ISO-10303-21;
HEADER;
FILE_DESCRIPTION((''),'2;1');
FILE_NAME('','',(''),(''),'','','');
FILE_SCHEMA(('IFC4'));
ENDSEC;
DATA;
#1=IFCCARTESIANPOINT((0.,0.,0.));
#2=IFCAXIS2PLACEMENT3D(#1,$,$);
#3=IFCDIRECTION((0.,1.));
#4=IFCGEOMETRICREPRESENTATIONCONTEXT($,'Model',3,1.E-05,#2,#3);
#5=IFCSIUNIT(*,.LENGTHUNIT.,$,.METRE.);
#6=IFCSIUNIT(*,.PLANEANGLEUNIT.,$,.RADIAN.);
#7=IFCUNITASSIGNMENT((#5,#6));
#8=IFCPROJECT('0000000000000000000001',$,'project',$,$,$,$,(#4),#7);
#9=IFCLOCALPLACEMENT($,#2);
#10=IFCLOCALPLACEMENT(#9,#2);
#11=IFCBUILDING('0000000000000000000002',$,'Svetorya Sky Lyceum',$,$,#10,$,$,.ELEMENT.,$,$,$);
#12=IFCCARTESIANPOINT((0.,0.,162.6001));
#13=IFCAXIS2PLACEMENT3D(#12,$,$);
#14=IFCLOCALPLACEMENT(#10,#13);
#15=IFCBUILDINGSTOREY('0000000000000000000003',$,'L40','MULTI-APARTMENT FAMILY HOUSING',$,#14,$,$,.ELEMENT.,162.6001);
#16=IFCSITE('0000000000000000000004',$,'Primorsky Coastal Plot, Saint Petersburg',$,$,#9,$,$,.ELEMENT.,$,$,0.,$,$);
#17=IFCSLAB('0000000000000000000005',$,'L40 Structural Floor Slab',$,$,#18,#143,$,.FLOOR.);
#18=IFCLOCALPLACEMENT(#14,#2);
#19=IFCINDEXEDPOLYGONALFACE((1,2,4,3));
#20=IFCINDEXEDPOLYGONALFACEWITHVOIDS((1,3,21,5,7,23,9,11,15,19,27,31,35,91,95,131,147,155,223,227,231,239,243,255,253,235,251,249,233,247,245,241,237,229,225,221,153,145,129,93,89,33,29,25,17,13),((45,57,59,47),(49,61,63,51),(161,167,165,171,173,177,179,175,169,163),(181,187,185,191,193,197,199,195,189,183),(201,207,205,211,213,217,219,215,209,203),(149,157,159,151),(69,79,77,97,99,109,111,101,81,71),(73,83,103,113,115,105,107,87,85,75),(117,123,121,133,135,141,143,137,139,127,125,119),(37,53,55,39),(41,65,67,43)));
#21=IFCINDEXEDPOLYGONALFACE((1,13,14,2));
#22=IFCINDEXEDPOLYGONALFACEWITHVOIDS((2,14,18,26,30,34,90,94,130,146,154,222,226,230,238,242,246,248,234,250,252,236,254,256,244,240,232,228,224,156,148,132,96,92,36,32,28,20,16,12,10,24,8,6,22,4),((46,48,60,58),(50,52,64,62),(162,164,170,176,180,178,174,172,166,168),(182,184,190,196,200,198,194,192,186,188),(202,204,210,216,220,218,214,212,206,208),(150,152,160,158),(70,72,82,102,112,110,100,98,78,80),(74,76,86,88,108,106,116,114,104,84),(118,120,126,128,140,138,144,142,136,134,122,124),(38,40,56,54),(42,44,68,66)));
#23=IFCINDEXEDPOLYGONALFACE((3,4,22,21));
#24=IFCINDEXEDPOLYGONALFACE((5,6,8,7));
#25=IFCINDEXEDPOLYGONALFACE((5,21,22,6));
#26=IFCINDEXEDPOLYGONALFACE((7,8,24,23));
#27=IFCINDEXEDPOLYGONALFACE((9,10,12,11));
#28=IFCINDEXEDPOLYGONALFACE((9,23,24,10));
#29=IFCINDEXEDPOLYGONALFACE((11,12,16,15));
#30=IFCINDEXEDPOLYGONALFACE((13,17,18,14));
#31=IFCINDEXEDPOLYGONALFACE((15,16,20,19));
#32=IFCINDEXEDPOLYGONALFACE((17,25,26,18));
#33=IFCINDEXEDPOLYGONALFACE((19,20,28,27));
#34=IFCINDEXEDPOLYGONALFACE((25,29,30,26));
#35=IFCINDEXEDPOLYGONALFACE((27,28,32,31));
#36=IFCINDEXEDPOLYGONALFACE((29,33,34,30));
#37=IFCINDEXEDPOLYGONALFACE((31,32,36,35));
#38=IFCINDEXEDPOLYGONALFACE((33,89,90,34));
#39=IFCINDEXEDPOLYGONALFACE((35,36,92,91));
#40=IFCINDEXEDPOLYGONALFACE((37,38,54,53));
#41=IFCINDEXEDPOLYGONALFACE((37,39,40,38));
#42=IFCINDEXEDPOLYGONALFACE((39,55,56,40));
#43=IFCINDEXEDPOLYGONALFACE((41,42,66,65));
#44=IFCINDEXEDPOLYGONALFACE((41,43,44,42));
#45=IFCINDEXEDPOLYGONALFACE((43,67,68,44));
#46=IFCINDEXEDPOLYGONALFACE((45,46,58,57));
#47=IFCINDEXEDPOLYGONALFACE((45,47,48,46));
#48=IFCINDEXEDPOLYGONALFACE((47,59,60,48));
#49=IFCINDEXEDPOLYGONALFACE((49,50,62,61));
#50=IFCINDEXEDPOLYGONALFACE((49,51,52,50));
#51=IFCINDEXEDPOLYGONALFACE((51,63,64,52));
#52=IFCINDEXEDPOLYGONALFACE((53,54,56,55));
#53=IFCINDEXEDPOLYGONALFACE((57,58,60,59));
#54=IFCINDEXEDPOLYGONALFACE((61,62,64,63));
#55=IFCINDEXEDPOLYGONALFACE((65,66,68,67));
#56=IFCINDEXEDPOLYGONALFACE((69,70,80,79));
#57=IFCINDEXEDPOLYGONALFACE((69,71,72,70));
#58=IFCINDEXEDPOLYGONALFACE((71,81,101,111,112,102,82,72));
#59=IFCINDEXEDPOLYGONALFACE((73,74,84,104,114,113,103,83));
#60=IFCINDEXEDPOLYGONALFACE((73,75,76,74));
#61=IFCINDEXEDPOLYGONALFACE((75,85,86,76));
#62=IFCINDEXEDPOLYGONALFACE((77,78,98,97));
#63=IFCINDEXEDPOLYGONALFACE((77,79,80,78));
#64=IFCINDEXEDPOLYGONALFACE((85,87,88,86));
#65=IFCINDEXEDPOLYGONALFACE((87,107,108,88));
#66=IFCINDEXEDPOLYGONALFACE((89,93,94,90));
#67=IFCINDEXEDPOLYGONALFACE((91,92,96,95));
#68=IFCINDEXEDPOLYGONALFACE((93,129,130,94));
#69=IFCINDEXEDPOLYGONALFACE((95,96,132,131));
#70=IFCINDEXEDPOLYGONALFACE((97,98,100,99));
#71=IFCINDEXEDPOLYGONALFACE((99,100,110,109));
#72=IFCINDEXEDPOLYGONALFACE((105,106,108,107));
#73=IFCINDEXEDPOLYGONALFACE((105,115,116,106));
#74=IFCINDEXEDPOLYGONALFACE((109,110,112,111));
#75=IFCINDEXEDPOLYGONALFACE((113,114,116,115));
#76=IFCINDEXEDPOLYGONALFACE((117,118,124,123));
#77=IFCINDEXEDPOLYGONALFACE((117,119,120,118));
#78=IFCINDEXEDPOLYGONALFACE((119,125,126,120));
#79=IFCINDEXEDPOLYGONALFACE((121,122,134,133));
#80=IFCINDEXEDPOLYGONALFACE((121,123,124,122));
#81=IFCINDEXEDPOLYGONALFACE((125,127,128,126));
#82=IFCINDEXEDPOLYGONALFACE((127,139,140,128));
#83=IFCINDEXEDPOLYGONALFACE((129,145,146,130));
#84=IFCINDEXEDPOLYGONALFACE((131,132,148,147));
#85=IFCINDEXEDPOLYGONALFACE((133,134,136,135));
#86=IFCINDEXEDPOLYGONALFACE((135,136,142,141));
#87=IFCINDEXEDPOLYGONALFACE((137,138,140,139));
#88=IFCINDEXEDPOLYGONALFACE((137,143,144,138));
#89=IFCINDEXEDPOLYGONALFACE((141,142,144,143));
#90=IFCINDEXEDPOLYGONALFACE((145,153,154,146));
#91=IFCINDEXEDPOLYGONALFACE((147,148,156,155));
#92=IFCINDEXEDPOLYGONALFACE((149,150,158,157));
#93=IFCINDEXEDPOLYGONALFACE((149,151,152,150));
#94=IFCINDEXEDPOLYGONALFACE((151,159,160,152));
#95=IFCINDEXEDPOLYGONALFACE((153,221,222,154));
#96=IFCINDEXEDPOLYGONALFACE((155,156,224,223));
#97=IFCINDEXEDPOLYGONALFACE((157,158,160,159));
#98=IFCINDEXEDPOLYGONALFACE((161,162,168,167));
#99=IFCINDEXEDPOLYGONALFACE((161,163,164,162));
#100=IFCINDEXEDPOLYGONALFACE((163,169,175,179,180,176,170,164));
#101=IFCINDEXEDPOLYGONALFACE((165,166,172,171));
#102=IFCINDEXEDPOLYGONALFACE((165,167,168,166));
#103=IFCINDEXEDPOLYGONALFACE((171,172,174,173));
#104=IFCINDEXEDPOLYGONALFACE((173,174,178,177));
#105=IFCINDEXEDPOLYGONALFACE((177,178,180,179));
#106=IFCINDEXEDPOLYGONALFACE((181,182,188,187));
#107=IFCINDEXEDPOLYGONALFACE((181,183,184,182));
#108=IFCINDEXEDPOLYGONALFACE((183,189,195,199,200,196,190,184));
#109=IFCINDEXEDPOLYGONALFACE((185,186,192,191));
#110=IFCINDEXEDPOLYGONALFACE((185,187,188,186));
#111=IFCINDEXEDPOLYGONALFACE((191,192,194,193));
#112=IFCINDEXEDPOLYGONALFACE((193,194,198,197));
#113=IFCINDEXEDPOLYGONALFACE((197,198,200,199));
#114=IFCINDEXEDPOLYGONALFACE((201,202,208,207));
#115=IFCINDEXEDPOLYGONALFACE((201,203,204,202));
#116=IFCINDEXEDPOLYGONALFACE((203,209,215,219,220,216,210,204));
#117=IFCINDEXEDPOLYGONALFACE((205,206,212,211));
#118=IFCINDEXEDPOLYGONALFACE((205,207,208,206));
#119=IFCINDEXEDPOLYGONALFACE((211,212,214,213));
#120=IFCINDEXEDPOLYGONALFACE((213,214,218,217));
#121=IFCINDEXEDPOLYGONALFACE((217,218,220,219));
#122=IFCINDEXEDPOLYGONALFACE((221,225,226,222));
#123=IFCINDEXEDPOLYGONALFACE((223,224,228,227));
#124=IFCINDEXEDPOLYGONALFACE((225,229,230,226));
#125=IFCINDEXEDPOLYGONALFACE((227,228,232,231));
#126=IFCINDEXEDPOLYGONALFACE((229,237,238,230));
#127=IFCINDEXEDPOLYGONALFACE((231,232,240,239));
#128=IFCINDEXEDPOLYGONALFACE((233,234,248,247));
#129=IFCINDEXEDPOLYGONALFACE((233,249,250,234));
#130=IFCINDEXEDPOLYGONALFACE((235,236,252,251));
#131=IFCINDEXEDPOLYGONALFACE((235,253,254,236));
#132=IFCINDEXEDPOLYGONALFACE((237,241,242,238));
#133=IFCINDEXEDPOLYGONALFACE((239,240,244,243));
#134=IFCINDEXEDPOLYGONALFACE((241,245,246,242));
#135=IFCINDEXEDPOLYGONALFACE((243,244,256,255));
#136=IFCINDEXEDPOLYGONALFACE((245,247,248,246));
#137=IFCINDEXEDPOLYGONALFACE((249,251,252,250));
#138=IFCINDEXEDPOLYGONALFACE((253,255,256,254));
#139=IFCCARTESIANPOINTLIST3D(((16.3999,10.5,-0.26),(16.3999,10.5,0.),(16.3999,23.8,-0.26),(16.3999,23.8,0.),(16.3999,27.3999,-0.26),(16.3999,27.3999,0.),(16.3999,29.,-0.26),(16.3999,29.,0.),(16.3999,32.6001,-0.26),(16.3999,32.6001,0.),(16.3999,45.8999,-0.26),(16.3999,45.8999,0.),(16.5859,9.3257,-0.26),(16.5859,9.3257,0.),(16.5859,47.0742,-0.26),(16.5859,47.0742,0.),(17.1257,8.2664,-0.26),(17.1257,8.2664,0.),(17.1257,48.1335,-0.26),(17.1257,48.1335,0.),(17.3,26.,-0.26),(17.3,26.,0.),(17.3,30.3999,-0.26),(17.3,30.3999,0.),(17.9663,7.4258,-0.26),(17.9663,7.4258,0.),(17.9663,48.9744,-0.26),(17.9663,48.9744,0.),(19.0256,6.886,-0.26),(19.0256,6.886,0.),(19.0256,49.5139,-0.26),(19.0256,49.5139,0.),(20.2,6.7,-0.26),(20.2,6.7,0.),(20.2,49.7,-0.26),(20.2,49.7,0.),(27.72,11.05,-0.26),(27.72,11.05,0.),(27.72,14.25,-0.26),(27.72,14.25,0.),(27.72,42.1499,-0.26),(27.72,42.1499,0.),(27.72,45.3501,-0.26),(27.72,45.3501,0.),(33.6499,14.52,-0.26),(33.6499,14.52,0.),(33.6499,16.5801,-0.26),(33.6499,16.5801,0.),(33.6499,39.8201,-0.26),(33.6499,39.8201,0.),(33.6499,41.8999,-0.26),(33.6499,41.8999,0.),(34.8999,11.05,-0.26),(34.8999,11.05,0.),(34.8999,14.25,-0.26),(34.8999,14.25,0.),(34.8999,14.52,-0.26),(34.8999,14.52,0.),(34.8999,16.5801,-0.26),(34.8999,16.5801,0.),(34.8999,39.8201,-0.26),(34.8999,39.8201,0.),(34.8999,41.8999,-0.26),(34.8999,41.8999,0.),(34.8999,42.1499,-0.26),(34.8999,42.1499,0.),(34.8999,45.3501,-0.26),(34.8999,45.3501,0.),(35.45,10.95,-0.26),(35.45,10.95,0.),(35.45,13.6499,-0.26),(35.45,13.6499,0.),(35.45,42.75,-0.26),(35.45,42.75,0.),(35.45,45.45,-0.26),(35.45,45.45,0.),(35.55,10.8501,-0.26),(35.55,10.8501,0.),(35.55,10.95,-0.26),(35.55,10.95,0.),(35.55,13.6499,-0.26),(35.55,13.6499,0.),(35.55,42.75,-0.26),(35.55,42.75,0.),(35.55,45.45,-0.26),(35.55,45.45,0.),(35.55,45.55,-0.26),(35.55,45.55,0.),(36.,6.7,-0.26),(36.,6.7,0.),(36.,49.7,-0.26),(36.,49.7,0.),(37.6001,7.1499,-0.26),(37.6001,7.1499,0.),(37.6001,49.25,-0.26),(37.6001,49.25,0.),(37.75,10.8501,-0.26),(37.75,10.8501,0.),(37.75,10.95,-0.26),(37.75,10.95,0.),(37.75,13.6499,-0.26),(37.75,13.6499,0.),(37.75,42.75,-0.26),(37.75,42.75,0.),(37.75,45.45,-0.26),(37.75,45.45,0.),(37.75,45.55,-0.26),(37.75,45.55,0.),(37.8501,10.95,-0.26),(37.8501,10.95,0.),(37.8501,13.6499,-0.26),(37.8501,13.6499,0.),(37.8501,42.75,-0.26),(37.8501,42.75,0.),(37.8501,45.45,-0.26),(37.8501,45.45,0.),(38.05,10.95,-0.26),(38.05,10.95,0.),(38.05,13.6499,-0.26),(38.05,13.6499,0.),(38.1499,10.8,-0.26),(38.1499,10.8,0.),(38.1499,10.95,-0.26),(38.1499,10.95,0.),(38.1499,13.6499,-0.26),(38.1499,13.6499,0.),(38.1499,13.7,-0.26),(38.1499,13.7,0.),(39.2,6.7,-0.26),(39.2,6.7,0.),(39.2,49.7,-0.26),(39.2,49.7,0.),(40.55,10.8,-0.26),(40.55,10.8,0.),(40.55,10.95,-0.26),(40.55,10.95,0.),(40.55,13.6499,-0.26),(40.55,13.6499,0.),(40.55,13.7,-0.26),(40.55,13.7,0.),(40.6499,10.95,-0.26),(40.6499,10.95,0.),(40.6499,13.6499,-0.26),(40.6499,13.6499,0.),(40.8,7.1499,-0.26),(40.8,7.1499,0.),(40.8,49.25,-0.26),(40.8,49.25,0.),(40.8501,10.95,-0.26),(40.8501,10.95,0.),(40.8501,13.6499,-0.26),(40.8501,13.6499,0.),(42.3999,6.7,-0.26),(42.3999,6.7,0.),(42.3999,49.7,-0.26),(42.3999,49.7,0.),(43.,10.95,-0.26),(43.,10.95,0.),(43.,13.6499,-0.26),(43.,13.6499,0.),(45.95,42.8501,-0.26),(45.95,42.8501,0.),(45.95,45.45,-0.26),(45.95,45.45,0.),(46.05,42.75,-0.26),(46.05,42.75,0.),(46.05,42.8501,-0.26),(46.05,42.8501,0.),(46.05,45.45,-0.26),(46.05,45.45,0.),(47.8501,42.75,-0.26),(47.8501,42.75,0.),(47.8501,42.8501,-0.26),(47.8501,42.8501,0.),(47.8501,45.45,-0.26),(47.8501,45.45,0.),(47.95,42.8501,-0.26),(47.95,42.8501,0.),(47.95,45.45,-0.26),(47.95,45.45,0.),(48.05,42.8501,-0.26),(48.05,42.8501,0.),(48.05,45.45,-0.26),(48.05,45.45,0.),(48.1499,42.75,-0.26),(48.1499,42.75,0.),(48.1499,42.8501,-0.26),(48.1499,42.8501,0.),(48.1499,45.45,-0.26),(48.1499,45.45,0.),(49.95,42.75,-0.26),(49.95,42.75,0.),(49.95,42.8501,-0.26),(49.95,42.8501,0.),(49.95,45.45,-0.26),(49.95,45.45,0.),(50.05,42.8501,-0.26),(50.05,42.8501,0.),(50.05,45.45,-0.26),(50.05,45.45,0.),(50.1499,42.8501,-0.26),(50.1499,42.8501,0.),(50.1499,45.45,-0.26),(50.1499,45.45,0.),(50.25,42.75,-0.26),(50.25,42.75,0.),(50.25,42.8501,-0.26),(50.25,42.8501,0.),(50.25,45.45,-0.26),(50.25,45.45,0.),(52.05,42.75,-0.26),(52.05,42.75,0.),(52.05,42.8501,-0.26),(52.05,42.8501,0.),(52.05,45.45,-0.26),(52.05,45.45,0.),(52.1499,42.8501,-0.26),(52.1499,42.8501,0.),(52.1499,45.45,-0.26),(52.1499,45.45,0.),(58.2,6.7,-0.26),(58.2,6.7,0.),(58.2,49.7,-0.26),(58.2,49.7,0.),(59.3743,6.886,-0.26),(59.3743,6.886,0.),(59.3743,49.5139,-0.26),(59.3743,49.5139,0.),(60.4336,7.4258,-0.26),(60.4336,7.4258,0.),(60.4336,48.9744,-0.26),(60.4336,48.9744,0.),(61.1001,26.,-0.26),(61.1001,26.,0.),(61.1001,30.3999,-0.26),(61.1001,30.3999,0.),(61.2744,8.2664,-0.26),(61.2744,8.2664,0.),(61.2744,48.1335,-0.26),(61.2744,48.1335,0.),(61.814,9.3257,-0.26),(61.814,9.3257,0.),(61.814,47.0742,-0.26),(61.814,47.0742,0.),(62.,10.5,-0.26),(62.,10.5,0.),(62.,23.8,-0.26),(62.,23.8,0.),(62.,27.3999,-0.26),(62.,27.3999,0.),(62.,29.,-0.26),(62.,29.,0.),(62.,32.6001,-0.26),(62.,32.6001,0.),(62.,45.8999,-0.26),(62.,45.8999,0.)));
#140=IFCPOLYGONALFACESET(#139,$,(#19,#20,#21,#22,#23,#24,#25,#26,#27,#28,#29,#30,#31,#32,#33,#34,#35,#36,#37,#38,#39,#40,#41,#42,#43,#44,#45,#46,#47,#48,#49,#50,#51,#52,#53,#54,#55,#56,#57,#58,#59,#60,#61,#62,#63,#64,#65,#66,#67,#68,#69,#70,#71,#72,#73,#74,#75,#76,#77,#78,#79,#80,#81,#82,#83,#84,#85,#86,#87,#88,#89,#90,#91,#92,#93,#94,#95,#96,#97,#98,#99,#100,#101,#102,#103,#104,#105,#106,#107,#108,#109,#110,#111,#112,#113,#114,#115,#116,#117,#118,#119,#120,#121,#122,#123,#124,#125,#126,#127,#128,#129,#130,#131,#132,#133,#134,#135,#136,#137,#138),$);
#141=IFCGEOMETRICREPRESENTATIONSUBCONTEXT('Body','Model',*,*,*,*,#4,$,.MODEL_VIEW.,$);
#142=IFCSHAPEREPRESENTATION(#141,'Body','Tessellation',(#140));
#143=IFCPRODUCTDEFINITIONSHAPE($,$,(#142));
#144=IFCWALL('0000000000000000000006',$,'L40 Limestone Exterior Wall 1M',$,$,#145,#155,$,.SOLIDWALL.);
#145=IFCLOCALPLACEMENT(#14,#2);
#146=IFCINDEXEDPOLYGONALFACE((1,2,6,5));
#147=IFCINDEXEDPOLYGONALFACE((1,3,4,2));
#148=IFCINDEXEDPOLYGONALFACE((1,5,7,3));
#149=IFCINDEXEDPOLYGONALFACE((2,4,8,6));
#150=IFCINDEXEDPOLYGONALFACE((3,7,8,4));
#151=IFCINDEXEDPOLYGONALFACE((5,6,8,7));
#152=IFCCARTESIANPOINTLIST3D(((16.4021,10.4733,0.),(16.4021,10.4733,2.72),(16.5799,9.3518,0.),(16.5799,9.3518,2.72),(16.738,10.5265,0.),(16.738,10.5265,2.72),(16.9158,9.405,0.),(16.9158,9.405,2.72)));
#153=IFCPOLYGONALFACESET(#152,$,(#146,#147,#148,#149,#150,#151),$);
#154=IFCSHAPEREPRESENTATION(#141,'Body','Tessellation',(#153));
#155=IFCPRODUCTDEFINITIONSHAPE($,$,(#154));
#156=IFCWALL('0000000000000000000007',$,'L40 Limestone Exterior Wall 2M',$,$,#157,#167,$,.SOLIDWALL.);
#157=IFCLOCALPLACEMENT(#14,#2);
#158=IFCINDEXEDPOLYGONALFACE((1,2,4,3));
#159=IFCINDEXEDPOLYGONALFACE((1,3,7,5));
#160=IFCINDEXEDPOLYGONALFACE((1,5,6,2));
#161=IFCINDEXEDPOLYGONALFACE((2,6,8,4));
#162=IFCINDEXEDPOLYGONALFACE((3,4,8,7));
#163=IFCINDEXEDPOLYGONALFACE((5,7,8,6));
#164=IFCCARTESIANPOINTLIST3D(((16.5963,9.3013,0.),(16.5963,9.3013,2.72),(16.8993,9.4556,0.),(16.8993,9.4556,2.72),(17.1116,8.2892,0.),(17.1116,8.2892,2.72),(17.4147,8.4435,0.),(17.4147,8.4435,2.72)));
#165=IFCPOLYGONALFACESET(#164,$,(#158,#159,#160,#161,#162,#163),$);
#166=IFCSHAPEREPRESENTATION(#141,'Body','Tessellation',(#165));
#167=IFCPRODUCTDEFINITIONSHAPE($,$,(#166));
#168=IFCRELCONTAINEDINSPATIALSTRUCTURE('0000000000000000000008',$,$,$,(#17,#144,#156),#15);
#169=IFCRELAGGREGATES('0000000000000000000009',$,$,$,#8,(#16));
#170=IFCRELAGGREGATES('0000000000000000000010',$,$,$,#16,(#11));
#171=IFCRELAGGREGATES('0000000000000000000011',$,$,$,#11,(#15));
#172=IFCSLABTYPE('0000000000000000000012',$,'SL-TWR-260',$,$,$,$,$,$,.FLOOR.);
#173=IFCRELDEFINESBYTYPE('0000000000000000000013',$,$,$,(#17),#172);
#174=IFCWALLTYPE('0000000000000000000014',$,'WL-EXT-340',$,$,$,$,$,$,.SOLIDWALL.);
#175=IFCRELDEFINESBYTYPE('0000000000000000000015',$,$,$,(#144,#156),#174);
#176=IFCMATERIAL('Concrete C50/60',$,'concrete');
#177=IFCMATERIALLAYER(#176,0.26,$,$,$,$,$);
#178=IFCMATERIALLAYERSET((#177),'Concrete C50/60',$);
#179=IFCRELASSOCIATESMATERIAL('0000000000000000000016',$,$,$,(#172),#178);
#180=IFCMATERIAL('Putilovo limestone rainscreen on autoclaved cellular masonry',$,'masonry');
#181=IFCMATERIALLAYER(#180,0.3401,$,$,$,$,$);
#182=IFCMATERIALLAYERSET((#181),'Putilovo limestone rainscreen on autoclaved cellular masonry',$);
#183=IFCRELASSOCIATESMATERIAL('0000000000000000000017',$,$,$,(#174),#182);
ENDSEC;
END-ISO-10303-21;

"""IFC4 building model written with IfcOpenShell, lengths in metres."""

from ifc_helpers import new_model, si_unit, direction, frame, frame_2d, origin, place, context, subcontext, project, spatial, polyline, rectangle, outline, extrude, material, layer, layer_set, type_object, element, save


model = new_model("IFC4")

# Units and contexts
model_context = context("Model", 3, precision=1e-05, world=origin(), true_north=direction((0.0, 1.0)))
body_context = subcontext(model_context, "Body", "Model", "MODEL_VIEW")
ifc_project = project(units=[si_unit("LENGTHUNIT", "METRE"), si_unit("PLANEANGLEUNIT", "RADIAN")], contexts=[model_context])

# Site, building, storey
site_placement = place(None, origin())
site = spatial("IfcSite", under=ifc_project, at=site_placement, Name="Primorsky Coastal Plot, Saint Petersburg", CompositionType="ELEMENT", RefElevation=0.0)
building_placement = place(site_placement, origin())
building = spatial("IfcBuilding", under=site, at=building_placement, Name="Svetorya Sky Lyceum", CompositionType="ELEMENT")
storey_placement = place(building_placement, frame((0.0, 0.0, 162.6001)))
storey = spatial("IfcBuildingStorey", under=building, at=storey_placement, Name="L40", Description="MULTI-APARTMENT FAMILY HOUSING", CompositionType="ELEMENT", Elevation=162.6001)

# Shared definitions
ifc_material_1 = material(Name="Concrete C50/60", Category="concrete")

# Slab
ifc_layer_1 = layer(ifc_material_1, 0.26)
ifc_layer_set_1 = layer_set([ifc_layer_1], Name="Concrete C50/60")
slab_type_1 = type_object("IfcSlabType", Name="SL-TWR-260", PredefinedType="FLOOR", material=ifc_layer_set_1)
slab_1_placement = place(storey_placement, frame((0.0, 0.0, -0.26)))
element("IfcSlab", 1, at=slab_1_placement, inside=storey, type_object=slab_type_1, Name="L40 Structural Floor Slab", PredefinedType="FLOOR", context=body_context, shape_type="SweptSolid", body=[
    extrude(outline(polyline([(16.3999, 10.5), (16.5859, 9.3257), (17.1257, 8.2664), (17.9663, 7.4258), (19.0256, 6.886), (20.2, 6.7), (36.0, 6.7), (37.6001, 7.1499), (39.2, 6.7), (40.8, 7.1499), (42.3999, 6.7), (58.2, 6.7), (59.3743, 6.886), (60.4336, 7.4258), (61.2744, 8.2664), (61.814, 9.3257), (62.0, 10.5), (62.0, 23.8), (61.1001, 26.0), (62.0, 27.3999), (62.0, 29.0), (61.1001, 30.3999), (62.0, 32.6001), (62.0, 45.8999), (61.814, 47.0742), (61.2744, 48.1335), (60.4336, 48.9744), (59.3743, 49.5139), (58.2, 49.7), (42.3999, 49.7), (40.8, 49.25), (39.2, 49.7), (37.6001, 49.25), (36.0, 49.7), (20.2, 49.7), (19.0256, 49.5139), (17.9663, 48.9744), (17.1257, 48.1335), (16.5859, 47.0742), (16.3999, 45.8999), (16.3999, 32.6001), (17.3, 30.3999), (16.3999, 29.0), (16.3999, 27.3999), (17.3, 26.0), (16.3999, 23.8), (16.3999, 10.5)]), holes=[polyline([(37.8501, 10.95), (37.75, 10.95), (37.75, 10.8501), (35.55, 10.8501), (35.55, 10.95), (35.45, 10.95), (35.45, 13.6499), (35.55, 13.6499), (37.75, 13.6499), (37.8501, 13.6499), (37.8501, 10.95)]), polyline([(38.1499, 10.8), (38.1499, 10.95), (38.05, 10.95), (38.05, 13.6499), (38.1499, 13.6499), (38.1499, 13.7), (40.55, 13.7), (40.55, 13.6499), (40.6499, 13.6499), (40.6499, 10.95), (40.55, 10.95), (40.55, 10.8), (38.1499, 10.8)]), polyline([(27.72, 11.05), (27.72, 14.25), (34.8999, 14.25), (34.8999, 11.05), (27.72, 11.05)]), polyline([(33.6499, 14.52), (33.6499, 16.5801), (34.8999, 16.5801), (34.8999, 14.52), (33.6499, 14.52)]), polyline([(33.6499, 39.8201), (33.6499, 41.8999), (34.8999, 41.8999), (34.8999, 39.8201), (33.6499, 39.8201)]), polyline([(27.72, 42.1499), (27.72, 45.3501), (34.8999, 45.3501), (34.8999, 42.1499), (27.72, 42.1499)]), polyline([(37.75, 42.75), (35.55, 42.75), (35.45, 42.75), (35.45, 45.45), (35.55, 45.45), (35.55, 45.55), (37.75, 45.55), (37.75, 45.45), (37.8501, 45.45), (37.8501, 42.75), (37.75, 42.75)]), polyline([(40.8501, 10.95), (40.8501, 13.6499), (43.0, 13.6499), (43.0, 10.95), (40.8501, 10.95)]), polyline([(46.05, 42.75), (46.05, 42.8501), (45.95, 42.8501), (45.95, 45.45), (46.05, 45.45), (47.8501, 45.45), (47.95, 45.45), (47.95, 42.8501), (47.8501, 42.8501), (47.8501, 42.75), (46.05, 42.75)]), polyline([(50.05, 42.8501), (49.95, 42.8501), (49.95, 42.75), (48.1499, 42.75), (48.1499, 42.8501), (48.05, 42.8501), (48.05, 45.45), (48.1499, 45.45), (49.95, 45.45), (50.05, 45.45), (50.05, 42.8501)]), polyline([(52.1499, 42.8501), (52.05, 42.8501), (52.05, 42.75), (50.25, 42.75), (50.25, 42.8501), (50.1499, 42.8501), (50.1499, 45.45), (50.25, 45.45), (52.05, 45.45), (52.1499, 45.45), (52.1499, 42.8501)])]), origin(), (0.0, 0.0, 1.0), 0.26),
])

# Walls
ifc_material_2 = material(Name="Putilovo limestone rainscreen on autoclaved cellular masonry", Category="masonry")
ifc_layer_2 = layer(ifc_material_2, 0.3401)
ifc_layer_set_2 = layer_set([ifc_layer_2], Name="Putilovo limestone rainscreen on autoclaved cellular masonry")
wall_type_1 = type_object("IfcWallType", Name="WL-EXT-340", PredefinedType="SOLIDWALL", material=ifc_layer_set_2)
wall_1_placement = place(storey_placement, frame((16.5701, 10.5, 0.0), z_axis=(0.0, 0.0, 1.0), x_axis=(0.156515, -0.987676, 0.0)))
element("IfcWall", 2, at=wall_1_placement, inside=storey, type_object=wall_type_1, Name="L40 Limestone Exterior Wall 1M", PredefinedType="SOLIDWALL", context=body_context, shape_type="SweptSolid", body=[
    extrude(rectangle(XDim=1.1355, YDim=0.3401, at=frame_2d((0.5679, 0.0))), origin(), (0.0, 0.0, 1.0), 2.72),
])
wall_2_placement = place(storey_placement, frame((16.7478, 9.3784, 0.0), z_axis=(0.0, 0.0, 1.0), x_axis=(0.453736, -0.891136, 0.0)))
element("IfcWall", 3, at=wall_2_placement, inside=storey, type_object=wall_type_1, Name="L40 Limestone Exterior Wall 2M", PredefinedType="SOLIDWALL", context=body_context, shape_type="SweptSolid", body=[
    extrude(rectangle(XDim=1.1357, YDim=0.3401, at=frame_2d((0.5679, 0.0))), origin(), (0.0, 0.0, 1.0), 2.72),
])

save(model, "model.ifc")
